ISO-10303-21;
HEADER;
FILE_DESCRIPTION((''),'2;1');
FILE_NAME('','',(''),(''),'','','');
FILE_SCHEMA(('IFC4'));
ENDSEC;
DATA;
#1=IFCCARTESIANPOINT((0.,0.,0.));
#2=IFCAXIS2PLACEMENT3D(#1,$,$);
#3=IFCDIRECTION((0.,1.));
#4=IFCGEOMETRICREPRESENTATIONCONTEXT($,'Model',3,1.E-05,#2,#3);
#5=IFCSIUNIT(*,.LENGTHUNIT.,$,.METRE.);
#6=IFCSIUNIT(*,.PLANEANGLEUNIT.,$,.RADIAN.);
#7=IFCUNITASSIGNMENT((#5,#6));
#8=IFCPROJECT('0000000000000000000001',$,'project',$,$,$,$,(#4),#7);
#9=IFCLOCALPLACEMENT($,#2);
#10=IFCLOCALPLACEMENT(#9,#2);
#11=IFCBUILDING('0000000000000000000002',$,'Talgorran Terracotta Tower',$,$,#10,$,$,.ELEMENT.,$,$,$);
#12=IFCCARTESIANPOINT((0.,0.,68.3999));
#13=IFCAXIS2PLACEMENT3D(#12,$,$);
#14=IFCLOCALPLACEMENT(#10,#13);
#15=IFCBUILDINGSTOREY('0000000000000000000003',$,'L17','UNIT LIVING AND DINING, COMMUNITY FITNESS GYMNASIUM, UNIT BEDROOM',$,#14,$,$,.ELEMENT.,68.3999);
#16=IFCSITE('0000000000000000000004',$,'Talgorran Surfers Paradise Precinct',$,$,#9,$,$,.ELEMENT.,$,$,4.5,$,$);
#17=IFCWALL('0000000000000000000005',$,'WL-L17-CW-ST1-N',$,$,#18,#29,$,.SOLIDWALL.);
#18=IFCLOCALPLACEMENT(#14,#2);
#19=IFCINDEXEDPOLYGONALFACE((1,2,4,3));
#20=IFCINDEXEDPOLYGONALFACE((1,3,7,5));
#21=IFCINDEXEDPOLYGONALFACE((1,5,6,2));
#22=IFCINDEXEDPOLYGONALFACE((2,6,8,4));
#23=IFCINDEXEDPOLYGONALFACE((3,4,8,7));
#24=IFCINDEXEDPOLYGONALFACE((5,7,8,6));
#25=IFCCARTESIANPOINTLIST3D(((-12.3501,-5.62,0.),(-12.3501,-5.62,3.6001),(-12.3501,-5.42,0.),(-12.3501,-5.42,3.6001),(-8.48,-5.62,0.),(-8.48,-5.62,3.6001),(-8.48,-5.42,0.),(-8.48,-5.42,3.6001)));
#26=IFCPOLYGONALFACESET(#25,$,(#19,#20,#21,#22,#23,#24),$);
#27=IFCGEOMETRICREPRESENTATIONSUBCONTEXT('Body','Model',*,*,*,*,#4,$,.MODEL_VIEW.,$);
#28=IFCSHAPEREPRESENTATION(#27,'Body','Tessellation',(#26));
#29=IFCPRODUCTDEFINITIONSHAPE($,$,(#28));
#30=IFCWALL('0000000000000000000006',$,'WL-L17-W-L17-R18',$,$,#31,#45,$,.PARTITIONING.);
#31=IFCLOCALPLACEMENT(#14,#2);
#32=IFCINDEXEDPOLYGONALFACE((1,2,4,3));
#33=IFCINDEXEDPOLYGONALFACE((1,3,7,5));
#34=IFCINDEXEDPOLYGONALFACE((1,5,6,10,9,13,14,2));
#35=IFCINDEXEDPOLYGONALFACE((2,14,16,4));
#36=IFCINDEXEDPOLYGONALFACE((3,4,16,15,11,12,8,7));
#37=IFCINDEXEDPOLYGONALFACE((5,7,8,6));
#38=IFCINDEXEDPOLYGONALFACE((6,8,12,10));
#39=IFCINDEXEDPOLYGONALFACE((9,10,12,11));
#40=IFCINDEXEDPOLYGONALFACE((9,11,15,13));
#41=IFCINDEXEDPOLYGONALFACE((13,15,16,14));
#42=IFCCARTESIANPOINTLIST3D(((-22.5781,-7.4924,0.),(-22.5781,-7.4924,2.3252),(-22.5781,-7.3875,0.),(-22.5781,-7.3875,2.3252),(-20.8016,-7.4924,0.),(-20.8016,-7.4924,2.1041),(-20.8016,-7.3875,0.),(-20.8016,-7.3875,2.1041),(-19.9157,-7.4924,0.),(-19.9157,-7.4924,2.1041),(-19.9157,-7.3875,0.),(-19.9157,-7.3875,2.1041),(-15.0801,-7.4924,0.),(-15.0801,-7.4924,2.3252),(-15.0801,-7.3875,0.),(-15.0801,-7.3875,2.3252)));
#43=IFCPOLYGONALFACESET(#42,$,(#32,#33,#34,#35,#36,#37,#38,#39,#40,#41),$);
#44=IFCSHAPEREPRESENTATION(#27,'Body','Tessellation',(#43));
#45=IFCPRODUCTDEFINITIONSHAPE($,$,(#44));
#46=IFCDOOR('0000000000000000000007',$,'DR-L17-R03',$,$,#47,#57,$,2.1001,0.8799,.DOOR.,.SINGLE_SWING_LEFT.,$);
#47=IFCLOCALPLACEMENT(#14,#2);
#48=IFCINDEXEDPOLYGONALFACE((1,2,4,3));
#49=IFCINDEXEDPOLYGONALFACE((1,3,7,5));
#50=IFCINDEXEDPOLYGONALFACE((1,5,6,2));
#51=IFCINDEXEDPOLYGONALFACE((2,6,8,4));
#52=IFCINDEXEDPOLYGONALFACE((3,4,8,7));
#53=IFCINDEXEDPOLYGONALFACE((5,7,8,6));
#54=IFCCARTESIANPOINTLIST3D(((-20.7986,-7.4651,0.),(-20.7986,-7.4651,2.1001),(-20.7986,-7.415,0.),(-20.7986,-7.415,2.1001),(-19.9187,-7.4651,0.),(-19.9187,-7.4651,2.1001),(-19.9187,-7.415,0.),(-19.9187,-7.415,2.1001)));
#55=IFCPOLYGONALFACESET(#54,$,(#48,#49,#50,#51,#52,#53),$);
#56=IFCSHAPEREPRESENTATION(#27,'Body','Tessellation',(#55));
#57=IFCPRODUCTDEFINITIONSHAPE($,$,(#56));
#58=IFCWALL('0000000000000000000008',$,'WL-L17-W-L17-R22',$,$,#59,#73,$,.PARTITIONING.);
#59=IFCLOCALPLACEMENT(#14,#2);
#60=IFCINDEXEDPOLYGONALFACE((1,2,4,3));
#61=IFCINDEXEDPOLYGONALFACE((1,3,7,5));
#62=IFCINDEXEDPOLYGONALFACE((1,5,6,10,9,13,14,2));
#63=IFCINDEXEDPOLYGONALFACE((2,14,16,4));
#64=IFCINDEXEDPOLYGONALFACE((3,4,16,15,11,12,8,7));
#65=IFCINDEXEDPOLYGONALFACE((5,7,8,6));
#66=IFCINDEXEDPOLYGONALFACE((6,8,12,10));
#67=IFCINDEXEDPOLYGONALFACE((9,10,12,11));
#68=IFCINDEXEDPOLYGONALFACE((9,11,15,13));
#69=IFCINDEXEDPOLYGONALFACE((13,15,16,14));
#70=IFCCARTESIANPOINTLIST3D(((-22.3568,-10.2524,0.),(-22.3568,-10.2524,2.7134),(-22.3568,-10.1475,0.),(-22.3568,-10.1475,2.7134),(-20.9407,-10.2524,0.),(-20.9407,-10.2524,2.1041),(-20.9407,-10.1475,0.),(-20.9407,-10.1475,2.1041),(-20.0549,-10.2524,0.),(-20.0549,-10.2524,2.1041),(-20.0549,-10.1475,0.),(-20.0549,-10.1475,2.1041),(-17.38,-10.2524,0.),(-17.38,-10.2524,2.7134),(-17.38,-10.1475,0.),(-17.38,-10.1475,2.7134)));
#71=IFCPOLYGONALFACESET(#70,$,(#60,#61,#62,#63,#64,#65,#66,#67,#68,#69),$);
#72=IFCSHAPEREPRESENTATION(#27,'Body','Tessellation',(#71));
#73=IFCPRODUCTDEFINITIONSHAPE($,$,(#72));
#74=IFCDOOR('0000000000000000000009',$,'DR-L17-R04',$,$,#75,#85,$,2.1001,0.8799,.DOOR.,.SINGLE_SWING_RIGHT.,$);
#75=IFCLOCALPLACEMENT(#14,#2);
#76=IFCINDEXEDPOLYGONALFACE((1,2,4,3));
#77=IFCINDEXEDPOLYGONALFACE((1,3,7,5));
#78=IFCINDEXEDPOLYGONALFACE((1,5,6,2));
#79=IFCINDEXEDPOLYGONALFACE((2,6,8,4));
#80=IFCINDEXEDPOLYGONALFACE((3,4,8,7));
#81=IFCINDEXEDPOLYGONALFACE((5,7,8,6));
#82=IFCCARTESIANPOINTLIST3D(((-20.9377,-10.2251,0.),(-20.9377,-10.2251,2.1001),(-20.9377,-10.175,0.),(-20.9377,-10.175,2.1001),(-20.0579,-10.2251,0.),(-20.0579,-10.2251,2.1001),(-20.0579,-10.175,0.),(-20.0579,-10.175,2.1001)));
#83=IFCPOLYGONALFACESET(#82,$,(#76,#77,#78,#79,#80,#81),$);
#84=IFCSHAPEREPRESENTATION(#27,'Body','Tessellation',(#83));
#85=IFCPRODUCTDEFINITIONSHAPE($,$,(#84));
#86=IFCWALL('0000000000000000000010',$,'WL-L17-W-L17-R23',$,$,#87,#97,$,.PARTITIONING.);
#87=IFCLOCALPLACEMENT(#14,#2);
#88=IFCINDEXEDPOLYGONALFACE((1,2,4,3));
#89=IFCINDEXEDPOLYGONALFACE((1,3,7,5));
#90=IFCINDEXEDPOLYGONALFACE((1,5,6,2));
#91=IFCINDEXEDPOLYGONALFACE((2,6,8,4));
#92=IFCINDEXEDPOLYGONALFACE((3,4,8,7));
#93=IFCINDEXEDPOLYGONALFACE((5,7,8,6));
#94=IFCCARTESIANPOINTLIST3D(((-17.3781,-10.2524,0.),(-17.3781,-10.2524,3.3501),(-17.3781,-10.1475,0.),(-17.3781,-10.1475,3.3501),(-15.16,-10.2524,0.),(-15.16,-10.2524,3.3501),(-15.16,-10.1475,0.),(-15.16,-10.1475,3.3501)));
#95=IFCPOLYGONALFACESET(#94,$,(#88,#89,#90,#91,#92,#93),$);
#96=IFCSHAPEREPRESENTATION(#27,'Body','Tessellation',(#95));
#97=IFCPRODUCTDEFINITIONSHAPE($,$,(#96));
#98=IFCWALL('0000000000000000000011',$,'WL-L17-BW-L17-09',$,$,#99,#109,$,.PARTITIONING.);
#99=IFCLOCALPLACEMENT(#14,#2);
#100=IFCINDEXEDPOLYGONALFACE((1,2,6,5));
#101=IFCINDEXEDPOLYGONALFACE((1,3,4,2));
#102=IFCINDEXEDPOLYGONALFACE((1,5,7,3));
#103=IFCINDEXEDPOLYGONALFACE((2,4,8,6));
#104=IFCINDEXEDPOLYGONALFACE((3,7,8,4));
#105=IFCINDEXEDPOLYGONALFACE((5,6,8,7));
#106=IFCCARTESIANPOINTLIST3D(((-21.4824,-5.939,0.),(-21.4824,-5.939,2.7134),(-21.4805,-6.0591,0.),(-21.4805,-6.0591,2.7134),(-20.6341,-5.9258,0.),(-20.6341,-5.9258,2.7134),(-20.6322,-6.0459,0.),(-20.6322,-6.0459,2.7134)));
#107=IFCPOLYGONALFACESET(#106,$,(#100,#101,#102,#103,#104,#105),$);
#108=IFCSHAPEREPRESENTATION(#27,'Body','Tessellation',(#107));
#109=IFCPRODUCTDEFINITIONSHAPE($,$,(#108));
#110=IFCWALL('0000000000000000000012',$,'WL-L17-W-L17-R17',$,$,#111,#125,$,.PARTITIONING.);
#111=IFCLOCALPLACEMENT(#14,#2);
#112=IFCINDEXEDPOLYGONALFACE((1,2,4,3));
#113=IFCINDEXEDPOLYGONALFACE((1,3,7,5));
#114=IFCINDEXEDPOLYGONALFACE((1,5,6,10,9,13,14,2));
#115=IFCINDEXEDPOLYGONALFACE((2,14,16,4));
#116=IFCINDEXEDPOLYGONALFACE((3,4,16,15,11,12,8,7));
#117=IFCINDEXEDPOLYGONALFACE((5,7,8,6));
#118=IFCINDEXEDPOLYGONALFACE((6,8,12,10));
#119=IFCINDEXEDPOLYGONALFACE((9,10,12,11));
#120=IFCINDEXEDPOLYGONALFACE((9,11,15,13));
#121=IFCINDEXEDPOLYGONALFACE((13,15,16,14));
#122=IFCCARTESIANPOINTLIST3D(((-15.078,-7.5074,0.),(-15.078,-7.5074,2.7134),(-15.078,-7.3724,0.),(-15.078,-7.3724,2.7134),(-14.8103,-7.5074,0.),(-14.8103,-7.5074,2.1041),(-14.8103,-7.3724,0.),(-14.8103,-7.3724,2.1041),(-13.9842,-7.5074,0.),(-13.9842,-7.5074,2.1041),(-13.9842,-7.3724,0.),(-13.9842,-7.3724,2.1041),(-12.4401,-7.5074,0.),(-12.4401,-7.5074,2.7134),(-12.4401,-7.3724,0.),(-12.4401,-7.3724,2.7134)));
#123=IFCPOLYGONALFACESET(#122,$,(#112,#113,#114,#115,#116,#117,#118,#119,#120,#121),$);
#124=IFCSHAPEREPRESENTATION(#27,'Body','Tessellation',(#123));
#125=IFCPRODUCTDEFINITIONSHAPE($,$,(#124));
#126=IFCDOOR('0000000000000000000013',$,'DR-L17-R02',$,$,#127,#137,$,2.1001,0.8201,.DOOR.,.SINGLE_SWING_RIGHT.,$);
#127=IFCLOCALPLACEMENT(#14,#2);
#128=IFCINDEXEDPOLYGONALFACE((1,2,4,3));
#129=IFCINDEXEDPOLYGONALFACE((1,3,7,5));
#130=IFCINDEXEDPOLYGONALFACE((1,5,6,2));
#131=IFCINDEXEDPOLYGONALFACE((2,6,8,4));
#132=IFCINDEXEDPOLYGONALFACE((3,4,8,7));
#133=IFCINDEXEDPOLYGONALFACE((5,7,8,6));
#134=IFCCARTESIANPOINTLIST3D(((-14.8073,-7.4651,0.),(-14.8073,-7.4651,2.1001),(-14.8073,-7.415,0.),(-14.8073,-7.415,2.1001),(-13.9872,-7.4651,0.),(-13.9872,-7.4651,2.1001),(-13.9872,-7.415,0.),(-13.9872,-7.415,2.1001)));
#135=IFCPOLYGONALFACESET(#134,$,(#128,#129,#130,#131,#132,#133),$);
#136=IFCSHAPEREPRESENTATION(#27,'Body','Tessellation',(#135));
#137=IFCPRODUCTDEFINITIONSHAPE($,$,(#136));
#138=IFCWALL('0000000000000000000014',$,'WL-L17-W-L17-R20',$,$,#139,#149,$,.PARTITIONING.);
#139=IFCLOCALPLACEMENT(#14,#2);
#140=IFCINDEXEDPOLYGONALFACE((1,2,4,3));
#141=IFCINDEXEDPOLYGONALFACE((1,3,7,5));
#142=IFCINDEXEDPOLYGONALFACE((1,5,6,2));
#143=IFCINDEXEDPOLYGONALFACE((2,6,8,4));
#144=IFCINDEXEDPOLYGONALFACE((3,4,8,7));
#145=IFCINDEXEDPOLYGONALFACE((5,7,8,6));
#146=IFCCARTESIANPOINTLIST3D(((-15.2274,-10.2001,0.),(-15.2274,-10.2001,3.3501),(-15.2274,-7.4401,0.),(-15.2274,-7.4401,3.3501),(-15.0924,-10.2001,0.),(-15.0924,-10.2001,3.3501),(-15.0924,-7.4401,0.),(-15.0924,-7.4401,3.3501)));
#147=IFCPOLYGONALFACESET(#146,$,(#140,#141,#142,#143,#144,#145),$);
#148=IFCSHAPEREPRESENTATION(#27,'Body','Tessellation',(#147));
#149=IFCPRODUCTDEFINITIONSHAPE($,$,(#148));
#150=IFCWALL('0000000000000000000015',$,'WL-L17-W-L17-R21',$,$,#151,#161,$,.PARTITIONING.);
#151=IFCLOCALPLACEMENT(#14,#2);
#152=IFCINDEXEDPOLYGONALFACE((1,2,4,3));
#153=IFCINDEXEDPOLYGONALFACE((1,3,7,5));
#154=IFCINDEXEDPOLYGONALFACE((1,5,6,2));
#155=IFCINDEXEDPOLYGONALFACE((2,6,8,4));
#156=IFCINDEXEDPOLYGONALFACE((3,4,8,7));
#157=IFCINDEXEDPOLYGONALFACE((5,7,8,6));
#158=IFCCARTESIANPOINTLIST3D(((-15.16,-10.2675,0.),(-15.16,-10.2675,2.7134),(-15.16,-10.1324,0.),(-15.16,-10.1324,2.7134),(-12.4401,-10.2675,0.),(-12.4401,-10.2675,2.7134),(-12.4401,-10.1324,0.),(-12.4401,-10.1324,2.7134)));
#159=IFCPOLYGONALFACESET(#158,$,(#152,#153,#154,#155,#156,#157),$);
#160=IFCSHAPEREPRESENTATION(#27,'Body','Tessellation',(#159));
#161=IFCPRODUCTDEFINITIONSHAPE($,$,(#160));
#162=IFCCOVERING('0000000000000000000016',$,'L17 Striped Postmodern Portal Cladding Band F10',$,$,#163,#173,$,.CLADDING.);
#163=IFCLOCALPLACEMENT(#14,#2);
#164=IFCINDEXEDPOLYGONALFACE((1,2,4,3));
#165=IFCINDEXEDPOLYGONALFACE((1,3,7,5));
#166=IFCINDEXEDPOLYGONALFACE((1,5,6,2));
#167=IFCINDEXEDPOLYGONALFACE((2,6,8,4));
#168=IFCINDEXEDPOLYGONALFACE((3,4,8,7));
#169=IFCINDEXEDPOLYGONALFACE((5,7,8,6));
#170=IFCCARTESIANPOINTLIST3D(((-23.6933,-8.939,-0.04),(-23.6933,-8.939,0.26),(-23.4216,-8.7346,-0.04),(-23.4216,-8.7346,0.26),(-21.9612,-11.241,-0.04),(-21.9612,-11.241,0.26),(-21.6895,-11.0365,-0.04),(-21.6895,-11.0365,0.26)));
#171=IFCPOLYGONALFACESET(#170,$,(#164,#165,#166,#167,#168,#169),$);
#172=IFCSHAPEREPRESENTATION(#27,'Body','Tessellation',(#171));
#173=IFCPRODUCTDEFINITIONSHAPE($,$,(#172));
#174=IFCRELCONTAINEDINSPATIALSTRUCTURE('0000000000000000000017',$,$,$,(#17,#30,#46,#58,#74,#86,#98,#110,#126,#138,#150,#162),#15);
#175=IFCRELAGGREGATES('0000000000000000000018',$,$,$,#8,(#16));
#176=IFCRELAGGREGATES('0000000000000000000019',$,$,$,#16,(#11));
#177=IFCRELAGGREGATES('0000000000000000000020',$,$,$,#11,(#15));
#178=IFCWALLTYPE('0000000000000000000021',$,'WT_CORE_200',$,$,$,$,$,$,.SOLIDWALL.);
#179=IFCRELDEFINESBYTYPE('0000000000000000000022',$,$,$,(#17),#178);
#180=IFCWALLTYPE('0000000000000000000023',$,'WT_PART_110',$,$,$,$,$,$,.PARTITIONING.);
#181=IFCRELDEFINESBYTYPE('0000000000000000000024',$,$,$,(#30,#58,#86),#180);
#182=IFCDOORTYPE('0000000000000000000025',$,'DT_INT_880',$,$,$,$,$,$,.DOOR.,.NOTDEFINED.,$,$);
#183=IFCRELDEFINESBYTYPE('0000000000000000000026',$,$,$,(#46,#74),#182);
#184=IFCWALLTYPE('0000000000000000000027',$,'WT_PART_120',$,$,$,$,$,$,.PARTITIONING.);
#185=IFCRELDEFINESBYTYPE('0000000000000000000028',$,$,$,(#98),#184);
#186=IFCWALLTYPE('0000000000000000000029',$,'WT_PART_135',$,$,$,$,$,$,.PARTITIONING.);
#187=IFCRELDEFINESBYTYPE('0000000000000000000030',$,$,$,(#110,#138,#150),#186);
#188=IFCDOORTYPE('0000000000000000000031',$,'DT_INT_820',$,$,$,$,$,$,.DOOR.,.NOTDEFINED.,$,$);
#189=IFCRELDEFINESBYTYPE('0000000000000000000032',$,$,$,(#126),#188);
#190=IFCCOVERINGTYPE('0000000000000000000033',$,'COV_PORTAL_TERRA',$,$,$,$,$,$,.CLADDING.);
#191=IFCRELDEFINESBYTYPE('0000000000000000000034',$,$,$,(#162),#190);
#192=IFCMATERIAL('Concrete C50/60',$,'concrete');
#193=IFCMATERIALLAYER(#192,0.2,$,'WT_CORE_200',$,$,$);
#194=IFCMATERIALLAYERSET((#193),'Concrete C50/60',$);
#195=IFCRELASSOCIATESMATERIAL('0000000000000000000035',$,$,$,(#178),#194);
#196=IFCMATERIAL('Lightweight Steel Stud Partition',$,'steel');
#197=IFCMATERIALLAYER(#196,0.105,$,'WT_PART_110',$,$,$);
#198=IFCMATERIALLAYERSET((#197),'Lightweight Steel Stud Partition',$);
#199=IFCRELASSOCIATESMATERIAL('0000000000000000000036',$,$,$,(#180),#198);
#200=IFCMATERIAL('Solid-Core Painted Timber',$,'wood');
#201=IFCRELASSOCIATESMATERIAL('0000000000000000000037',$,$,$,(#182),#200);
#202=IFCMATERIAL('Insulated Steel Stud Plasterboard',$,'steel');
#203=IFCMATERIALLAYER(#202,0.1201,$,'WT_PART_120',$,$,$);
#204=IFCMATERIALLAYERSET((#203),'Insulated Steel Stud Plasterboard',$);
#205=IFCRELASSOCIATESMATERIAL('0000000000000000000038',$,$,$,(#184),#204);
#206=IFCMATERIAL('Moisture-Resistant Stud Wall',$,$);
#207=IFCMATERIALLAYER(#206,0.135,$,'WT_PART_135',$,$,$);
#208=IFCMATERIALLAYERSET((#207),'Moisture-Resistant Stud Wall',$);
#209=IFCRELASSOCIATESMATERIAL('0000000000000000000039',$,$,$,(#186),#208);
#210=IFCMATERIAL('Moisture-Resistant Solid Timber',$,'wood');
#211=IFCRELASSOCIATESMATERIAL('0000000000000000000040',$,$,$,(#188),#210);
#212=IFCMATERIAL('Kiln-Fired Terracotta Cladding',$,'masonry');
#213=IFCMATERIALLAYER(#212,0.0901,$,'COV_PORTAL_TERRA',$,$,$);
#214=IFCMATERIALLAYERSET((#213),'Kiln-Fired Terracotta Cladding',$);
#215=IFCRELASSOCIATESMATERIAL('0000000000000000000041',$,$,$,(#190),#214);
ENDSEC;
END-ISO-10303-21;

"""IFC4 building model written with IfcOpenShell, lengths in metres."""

from ifc_helpers import new_model, si_unit, direction, frame, frame_2d, origin, origin_2d, place, context, subcontext, project, spatial, rectangle, extrude, material, layer, layer_set, type_object, element, fill, save


model = new_model("IFC4")

# Units and contexts
model_context = context("Model", 3, precision=1e-05, world=origin(), true_north=direction((0.0, 1.0)))
body_context = subcontext(model_context, "Body", "Model", "MODEL_VIEW")
ifc_project = project(units=[si_unit("LENGTHUNIT", "METRE"), si_unit("PLANEANGLEUNIT", "RADIAN")], contexts=[model_context])

# Site, building, storey
site_placement = place(None, origin())
site = spatial("IfcSite", under=ifc_project, at=site_placement, Name="Talgorran Surfers Paradise Precinct", CompositionType="ELEMENT", RefElevation=4.5)
building_placement = place(site_placement, origin())
building = spatial("IfcBuilding", under=site, at=building_placement, Name="Talgorran Terracotta Tower", CompositionType="ELEMENT")
storey_placement = place(building_placement, frame((0.0, 0.0, 68.3999)))
storey = spatial("IfcBuildingStorey", under=building, at=storey_placement, Name="L17", Description="UNIT LIVING AND DINING, COMMUNITY FITNESS GYMNASIUM, UNIT BEDROOM", CompositionType="ELEMENT", Elevation=68.3999)

# Wall
ifc_material_1 = material(Name="Concrete C50/60", Category="concrete")
ifc_layer_1 = layer(ifc_material_1, 0.2, Name="WT_CORE_200")
ifc_layer_set_1 = layer_set([ifc_layer_1], Name="Concrete C50/60")
wall_type_1 = type_object("IfcWallType", Name="WT_CORE_200", PredefinedType="SOLIDWALL", material=ifc_layer_set_1)
wall_1_placement = place(storey_placement, frame((-12.3501, -5.52, 0.0), z_axis=(0.0, 0.0, 1.0), x_axis=(1.0, 0.0, 0.0)))
element("IfcWall", 1, at=wall_1_placement, inside=storey, type_object=wall_type_1, Name="WL-L17-CW-ST1-N", PredefinedType="SOLIDWALL", context=body_context, shape_type="SweptSolid", body=[
    extrude(rectangle(XDim=3.8701, YDim=0.2, at=frame_2d((1.9351, 0.0))), origin(), (0.0, 0.0, 1.0), 3.6001),
])

# Walls, openings, doors
ifc_material_2 = material(Name="Lightweight Steel Stud Partition", Category="steel")
ifc_layer_2 = layer(ifc_material_2, 0.105, Name="WT_PART_110")
ifc_layer_set_2 = layer_set([ifc_layer_2], Name="Lightweight Steel Stud Partition")
wall_type_2 = type_object("IfcWallType", Name="WT_PART_110", PredefinedType="PARTITIONING", material=ifc_layer_set_2)
wall_2_placement = place(storey_placement, frame((-22.5781, -7.4399, 0.0), z_axis=(0.0, 0.0, 1.0), x_axis=(1.0, 0.0, 0.0)))
wall_2 = element("IfcWall", 2, at=wall_2_placement, inside=storey, type_object=wall_type_2, Name="WL-L17-W-L17-R18", PredefinedType="PARTITIONING", context=body_context, shape_type="SweptSolid", body=[
    extrude(rectangle(XDim=7.498, YDim=0.105, at=frame_2d((3.749, 0.0))), origin(), (0.0, 0.0, 1.0), 2.3252),
])
opening_1_placement = place(wall_2_placement, frame((1.7795, 0.0, 0.0)))
opening_1 = element("IfcOpeningElement", 3, at=opening_1_placement, cuts=wall_2, PredefinedType="OPENING", context=body_context, shape_type="SweptSolid", body=[
    extrude(rectangle(XDim=0.8859, YDim=2.1041, at=frame_2d((0.4399, 1.052))), frame((0.0, 0.0625, 0.0), z_axis=(0.0, -1.0, 0.0), x_axis=(1.0, 0.0, 0.0)), (0.0, 0.0, 1.0), 0.125),
])
ifc_material_3 = material(Name="Solid-Core Painted Timber", Category="wood")
door_type_1 = type_object("IfcDoorType", Name="DT_INT_880", OperationType="NOTDEFINED", PredefinedType="DOOR", material=ifc_material_3)
door_1_placement = place(opening_1_placement, origin())
door_1 = element("IfcDoor", 4, at=door_1_placement, inside=storey, type_object=door_type_1, Name="DR-L17-R03", OperationType="SINGLE_SWING_LEFT", OverallHeight=2.1001, OverallWidth=0.8799, PredefinedType="DOOR", context=body_context, shape_type="SweptSolid", body=[
    extrude(rectangle(XDim=0.8799, YDim=2.1001, at=frame_2d((0.4399, 1.05))), frame((0.0, 0.0249, 0.0), z_axis=(0.0, -1.0, 0.0), x_axis=(1.0, 0.0, 0.0)), (0.0, 0.0, 1.0), 0.05),
])
fill(opening_1, door_1)
wall_3_placement = place(storey_placement, frame((-22.3567, -10.2, 0.0), z_axis=(0.0, 0.0, 1.0), x_axis=(1.0, 0.0, 0.0)))
wall_3 = element("IfcWall", 5, at=wall_3_placement, inside=storey, type_object=wall_type_2, Name="WL-L17-W-L17-R22", PredefinedType="PARTITIONING", context=body_context, shape_type="SweptSolid", body=[
    extrude(rectangle(XDim=4.9768, YDim=0.105, at=frame_2d((2.4883, 0.0))), origin(), (0.0, 0.0, 1.0), 2.7134),
])
opening_2_placement = place(wall_3_placement, frame((1.4189, 0.0, 0.0)))
opening_2 = element("IfcOpeningElement", 6, at=opening_2_placement, cuts=wall_3, PredefinedType="OPENING", context=body_context, shape_type="SweptSolid", body=[
    extrude(rectangle(XDim=0.8859, YDim=2.1041, at=frame_2d((0.4399, 1.052))), frame((0.0, 0.0625, 0.0), z_axis=(0.0, -1.0, 0.0), x_axis=(1.0, 0.0, 0.0)), (0.0, 0.0, 1.0), 0.125),
])
door_2_placement = place(opening_2_placement, origin())
door_2 = element("IfcDoor", 7, at=door_2_placement, inside=storey, type_object=door_type_1, Name="DR-L17-R04", OperationType="SINGLE_SWING_RIGHT", OverallHeight=2.1001, OverallWidth=0.8799, PredefinedType="DOOR", context=body_context, shape_type="SweptSolid", body=[
    extrude(rectangle(XDim=0.8799, YDim=2.1001, at=frame_2d((0.4399, 1.05))), frame((0.0, 0.0249, 0.0), z_axis=(0.0, -1.0, 0.0), x_axis=(1.0, 0.0, 0.0)), (0.0, 0.0, 1.0), 0.05),
])
fill(opening_2, door_2)

# Walls
wall_4_placement = place(storey_placement, frame((-17.3779, -10.2, 0.0), z_axis=(0.0, 0.0, 1.0), x_axis=(1.0, 0.0, 0.0)))
element("IfcWall", 8, at=wall_4_placement, inside=storey, type_object=wall_type_2, Name="WL-L17-W-L17-R23", PredefinedType="PARTITIONING", context=body_context, shape_type="SweptSolid", body=[
    extrude(rectangle(XDim=2.218, YDim=0.105, at=frame_2d((1.1089, 0.0))), origin(), (0.0, 0.0, 1.0), 3.3501),
])
ifc_material_4 = material(Name="Insulated Steel Stud Plasterboard", Category="steel")
ifc_layer_3 = layer(ifc_material_4, 0.1201, Name="WT_PART_120")
ifc_layer_set_3 = layer_set([ifc_layer_3], Name="Insulated Steel Stud Plasterboard")
wall_type_3 = type_object("IfcWallType", Name="WT_PART_120", PredefinedType="PARTITIONING", material=ifc_layer_set_3)
wall_5_placement = place(storey_placement, frame((-20.6331, -5.9858, 0.0), z_axis=(0.0, 0.0, 1.0), x_axis=(-0.999879, -0.015538, 0.0)))
element("IfcWall", 9, at=wall_5_placement, inside=storey, type_object=wall_type_3, Name="WL-L17-BW-L17-09", PredefinedType="PARTITIONING", context=body_context, shape_type="SweptSolid", body=[
    extrude(rectangle(XDim=0.8484, YDim=0.1201, at=frame_2d((0.4243, 0.0))), origin(), (0.0, 0.0, 1.0), 2.7134),
])

# Wall, opening, door
ifc_material_5 = material(Name="Moisture-Resistant Stud Wall")
ifc_layer_4 = layer(ifc_material_5, 0.135, Name="WT_PART_135")
ifc_layer_set_4 = layer_set([ifc_layer_4], Name="Moisture-Resistant Stud Wall")
wall_type_4 = type_object("IfcWallType", Name="WT_PART_135", PredefinedType="PARTITIONING", material=ifc_layer_set_4)
wall_6_placement = place(storey_placement, frame((-15.0779, -7.4399, 0.0), z_axis=(0.0, 0.0, 1.0), x_axis=(1.0, 0.0, 0.0)))
wall_6 = element("IfcWall", 10, at=wall_6_placement, inside=storey, type_object=wall_type_4, Name="WL-L17-W-L17-R17", PredefinedType="PARTITIONING", context=body_context, shape_type="SweptSolid", body=[
    extrude(rectangle(XDim=2.6379, YDim=0.135, at=frame_2d((1.3188, 0.0))), origin(), (0.0, 0.0, 1.0), 2.7134),
])
opening_3_placement = place(wall_6_placement, frame((0.2705, 0.0, 0.0)))
opening_3 = element("IfcOpeningElement", 11, at=opening_3_placement, cuts=wall_6, PredefinedType="OPENING", context=body_context, shape_type="SweptSolid", body=[
    extrude(rectangle(XDim=0.8261, YDim=2.1041, at=frame_2d((0.4102, 1.052))), frame((0.0, 0.0776, 0.0), z_axis=(0.0, -1.0, 0.0), x_axis=(1.0, 0.0, 0.0)), (0.0, 0.0, 1.0), 0.155),
])
ifc_material_6 = material(Name="Moisture-Resistant Solid Timber", Category="wood")
door_type_2 = type_object("IfcDoorType", Name="DT_INT_820", OperationType="NOTDEFINED", PredefinedType="DOOR", material=ifc_material_6)
door_3_placement = place(opening_3_placement, origin())
door_3 = element("IfcDoor", 12, at=door_3_placement, inside=storey, type_object=door_type_2, Name="DR-L17-R02", OperationType="SINGLE_SWING_RIGHT", OverallHeight=2.1001, OverallWidth=0.8201, PredefinedType="DOOR", context=body_context, shape_type="SweptSolid", body=[
    extrude(rectangle(XDim=0.8201, YDim=2.1001, at=frame_2d((0.4102, 1.05))), frame((0.0, 0.0249, 0.0), z_axis=(0.0, -1.0, 0.0), x_axis=(1.0, 0.0, 0.0)), (0.0, 0.0, 1.0), 0.05),
])
fill(opening_3, door_3)

# Walls
wall_7_placement = place(storey_placement, frame((-15.1599, -10.2, 0.0), z_axis=(0.0, 0.0, 1.0), x_axis=(0.0, 1.0, 0.0)))
element("IfcWall", 13, at=wall_7_placement, inside=storey, type_object=wall_type_4, Name="WL-L17-W-L17-R20", PredefinedType="PARTITIONING", context=body_context, shape_type="SweptSolid", body=[
    extrude(rectangle(XDim=2.76, YDim=0.135, at=frame_2d((1.3799, 0.0))), origin(), (0.0, 0.0, 1.0), 3.3501),
])
wall_8_placement = place(storey_placement, frame((-15.1599, -10.2, 0.0), z_axis=(0.0, 0.0, 1.0), x_axis=(1.0, 0.0, 0.0)))
element("IfcWall", 14, at=wall_8_placement, inside=storey, type_object=wall_type_4, Name="WL-L17-W-L17-R21", PredefinedType="PARTITIONING", context=body_context, shape_type="SweptSolid", body=[
    extrude(rectangle(XDim=2.72, YDim=0.135, at=frame_2d((1.3599, 0.0))), origin(), (0.0, 0.0, 1.0), 2.7134),
])

# Covering
ifc_material_7 = material(Name="Kiln-Fired Terracotta Cladding", Category="masonry")
ifc_layer_5 = layer(ifc_material_7, 0.0901, Name="COV_PORTAL_TERRA")
ifc_layer_set_5 = layer_set([ifc_layer_5], Name="Kiln-Fired Terracotta Cladding")
covering_type = type_object("IfcCoveringType", Name="COV_PORTAL_TERRA", PredefinedType="CLADDING", material=ifc_layer_set_5)
covering_placement = place(storey_placement, frame((-22.6914, -9.9878, -0.04), z_axis=(0.0, 0.0, 1.0), x_axis=(0.601257, -0.799055, 0.0)))
element("IfcCovering", 15, at=covering_placement, inside=storey, type_object=covering_type, Name="L17 Striped Postmodern Portal Cladding Band F10", PredefinedType="CLADDING", context=body_context, shape_type="SweptSolid", body=[
    extrude(rectangle(XDim=2.8809, YDim=0.3401, at=origin_2d()), origin(), (0.0, 0.0, 1.0), 0.3),
])

save(model, "model.ifc")
